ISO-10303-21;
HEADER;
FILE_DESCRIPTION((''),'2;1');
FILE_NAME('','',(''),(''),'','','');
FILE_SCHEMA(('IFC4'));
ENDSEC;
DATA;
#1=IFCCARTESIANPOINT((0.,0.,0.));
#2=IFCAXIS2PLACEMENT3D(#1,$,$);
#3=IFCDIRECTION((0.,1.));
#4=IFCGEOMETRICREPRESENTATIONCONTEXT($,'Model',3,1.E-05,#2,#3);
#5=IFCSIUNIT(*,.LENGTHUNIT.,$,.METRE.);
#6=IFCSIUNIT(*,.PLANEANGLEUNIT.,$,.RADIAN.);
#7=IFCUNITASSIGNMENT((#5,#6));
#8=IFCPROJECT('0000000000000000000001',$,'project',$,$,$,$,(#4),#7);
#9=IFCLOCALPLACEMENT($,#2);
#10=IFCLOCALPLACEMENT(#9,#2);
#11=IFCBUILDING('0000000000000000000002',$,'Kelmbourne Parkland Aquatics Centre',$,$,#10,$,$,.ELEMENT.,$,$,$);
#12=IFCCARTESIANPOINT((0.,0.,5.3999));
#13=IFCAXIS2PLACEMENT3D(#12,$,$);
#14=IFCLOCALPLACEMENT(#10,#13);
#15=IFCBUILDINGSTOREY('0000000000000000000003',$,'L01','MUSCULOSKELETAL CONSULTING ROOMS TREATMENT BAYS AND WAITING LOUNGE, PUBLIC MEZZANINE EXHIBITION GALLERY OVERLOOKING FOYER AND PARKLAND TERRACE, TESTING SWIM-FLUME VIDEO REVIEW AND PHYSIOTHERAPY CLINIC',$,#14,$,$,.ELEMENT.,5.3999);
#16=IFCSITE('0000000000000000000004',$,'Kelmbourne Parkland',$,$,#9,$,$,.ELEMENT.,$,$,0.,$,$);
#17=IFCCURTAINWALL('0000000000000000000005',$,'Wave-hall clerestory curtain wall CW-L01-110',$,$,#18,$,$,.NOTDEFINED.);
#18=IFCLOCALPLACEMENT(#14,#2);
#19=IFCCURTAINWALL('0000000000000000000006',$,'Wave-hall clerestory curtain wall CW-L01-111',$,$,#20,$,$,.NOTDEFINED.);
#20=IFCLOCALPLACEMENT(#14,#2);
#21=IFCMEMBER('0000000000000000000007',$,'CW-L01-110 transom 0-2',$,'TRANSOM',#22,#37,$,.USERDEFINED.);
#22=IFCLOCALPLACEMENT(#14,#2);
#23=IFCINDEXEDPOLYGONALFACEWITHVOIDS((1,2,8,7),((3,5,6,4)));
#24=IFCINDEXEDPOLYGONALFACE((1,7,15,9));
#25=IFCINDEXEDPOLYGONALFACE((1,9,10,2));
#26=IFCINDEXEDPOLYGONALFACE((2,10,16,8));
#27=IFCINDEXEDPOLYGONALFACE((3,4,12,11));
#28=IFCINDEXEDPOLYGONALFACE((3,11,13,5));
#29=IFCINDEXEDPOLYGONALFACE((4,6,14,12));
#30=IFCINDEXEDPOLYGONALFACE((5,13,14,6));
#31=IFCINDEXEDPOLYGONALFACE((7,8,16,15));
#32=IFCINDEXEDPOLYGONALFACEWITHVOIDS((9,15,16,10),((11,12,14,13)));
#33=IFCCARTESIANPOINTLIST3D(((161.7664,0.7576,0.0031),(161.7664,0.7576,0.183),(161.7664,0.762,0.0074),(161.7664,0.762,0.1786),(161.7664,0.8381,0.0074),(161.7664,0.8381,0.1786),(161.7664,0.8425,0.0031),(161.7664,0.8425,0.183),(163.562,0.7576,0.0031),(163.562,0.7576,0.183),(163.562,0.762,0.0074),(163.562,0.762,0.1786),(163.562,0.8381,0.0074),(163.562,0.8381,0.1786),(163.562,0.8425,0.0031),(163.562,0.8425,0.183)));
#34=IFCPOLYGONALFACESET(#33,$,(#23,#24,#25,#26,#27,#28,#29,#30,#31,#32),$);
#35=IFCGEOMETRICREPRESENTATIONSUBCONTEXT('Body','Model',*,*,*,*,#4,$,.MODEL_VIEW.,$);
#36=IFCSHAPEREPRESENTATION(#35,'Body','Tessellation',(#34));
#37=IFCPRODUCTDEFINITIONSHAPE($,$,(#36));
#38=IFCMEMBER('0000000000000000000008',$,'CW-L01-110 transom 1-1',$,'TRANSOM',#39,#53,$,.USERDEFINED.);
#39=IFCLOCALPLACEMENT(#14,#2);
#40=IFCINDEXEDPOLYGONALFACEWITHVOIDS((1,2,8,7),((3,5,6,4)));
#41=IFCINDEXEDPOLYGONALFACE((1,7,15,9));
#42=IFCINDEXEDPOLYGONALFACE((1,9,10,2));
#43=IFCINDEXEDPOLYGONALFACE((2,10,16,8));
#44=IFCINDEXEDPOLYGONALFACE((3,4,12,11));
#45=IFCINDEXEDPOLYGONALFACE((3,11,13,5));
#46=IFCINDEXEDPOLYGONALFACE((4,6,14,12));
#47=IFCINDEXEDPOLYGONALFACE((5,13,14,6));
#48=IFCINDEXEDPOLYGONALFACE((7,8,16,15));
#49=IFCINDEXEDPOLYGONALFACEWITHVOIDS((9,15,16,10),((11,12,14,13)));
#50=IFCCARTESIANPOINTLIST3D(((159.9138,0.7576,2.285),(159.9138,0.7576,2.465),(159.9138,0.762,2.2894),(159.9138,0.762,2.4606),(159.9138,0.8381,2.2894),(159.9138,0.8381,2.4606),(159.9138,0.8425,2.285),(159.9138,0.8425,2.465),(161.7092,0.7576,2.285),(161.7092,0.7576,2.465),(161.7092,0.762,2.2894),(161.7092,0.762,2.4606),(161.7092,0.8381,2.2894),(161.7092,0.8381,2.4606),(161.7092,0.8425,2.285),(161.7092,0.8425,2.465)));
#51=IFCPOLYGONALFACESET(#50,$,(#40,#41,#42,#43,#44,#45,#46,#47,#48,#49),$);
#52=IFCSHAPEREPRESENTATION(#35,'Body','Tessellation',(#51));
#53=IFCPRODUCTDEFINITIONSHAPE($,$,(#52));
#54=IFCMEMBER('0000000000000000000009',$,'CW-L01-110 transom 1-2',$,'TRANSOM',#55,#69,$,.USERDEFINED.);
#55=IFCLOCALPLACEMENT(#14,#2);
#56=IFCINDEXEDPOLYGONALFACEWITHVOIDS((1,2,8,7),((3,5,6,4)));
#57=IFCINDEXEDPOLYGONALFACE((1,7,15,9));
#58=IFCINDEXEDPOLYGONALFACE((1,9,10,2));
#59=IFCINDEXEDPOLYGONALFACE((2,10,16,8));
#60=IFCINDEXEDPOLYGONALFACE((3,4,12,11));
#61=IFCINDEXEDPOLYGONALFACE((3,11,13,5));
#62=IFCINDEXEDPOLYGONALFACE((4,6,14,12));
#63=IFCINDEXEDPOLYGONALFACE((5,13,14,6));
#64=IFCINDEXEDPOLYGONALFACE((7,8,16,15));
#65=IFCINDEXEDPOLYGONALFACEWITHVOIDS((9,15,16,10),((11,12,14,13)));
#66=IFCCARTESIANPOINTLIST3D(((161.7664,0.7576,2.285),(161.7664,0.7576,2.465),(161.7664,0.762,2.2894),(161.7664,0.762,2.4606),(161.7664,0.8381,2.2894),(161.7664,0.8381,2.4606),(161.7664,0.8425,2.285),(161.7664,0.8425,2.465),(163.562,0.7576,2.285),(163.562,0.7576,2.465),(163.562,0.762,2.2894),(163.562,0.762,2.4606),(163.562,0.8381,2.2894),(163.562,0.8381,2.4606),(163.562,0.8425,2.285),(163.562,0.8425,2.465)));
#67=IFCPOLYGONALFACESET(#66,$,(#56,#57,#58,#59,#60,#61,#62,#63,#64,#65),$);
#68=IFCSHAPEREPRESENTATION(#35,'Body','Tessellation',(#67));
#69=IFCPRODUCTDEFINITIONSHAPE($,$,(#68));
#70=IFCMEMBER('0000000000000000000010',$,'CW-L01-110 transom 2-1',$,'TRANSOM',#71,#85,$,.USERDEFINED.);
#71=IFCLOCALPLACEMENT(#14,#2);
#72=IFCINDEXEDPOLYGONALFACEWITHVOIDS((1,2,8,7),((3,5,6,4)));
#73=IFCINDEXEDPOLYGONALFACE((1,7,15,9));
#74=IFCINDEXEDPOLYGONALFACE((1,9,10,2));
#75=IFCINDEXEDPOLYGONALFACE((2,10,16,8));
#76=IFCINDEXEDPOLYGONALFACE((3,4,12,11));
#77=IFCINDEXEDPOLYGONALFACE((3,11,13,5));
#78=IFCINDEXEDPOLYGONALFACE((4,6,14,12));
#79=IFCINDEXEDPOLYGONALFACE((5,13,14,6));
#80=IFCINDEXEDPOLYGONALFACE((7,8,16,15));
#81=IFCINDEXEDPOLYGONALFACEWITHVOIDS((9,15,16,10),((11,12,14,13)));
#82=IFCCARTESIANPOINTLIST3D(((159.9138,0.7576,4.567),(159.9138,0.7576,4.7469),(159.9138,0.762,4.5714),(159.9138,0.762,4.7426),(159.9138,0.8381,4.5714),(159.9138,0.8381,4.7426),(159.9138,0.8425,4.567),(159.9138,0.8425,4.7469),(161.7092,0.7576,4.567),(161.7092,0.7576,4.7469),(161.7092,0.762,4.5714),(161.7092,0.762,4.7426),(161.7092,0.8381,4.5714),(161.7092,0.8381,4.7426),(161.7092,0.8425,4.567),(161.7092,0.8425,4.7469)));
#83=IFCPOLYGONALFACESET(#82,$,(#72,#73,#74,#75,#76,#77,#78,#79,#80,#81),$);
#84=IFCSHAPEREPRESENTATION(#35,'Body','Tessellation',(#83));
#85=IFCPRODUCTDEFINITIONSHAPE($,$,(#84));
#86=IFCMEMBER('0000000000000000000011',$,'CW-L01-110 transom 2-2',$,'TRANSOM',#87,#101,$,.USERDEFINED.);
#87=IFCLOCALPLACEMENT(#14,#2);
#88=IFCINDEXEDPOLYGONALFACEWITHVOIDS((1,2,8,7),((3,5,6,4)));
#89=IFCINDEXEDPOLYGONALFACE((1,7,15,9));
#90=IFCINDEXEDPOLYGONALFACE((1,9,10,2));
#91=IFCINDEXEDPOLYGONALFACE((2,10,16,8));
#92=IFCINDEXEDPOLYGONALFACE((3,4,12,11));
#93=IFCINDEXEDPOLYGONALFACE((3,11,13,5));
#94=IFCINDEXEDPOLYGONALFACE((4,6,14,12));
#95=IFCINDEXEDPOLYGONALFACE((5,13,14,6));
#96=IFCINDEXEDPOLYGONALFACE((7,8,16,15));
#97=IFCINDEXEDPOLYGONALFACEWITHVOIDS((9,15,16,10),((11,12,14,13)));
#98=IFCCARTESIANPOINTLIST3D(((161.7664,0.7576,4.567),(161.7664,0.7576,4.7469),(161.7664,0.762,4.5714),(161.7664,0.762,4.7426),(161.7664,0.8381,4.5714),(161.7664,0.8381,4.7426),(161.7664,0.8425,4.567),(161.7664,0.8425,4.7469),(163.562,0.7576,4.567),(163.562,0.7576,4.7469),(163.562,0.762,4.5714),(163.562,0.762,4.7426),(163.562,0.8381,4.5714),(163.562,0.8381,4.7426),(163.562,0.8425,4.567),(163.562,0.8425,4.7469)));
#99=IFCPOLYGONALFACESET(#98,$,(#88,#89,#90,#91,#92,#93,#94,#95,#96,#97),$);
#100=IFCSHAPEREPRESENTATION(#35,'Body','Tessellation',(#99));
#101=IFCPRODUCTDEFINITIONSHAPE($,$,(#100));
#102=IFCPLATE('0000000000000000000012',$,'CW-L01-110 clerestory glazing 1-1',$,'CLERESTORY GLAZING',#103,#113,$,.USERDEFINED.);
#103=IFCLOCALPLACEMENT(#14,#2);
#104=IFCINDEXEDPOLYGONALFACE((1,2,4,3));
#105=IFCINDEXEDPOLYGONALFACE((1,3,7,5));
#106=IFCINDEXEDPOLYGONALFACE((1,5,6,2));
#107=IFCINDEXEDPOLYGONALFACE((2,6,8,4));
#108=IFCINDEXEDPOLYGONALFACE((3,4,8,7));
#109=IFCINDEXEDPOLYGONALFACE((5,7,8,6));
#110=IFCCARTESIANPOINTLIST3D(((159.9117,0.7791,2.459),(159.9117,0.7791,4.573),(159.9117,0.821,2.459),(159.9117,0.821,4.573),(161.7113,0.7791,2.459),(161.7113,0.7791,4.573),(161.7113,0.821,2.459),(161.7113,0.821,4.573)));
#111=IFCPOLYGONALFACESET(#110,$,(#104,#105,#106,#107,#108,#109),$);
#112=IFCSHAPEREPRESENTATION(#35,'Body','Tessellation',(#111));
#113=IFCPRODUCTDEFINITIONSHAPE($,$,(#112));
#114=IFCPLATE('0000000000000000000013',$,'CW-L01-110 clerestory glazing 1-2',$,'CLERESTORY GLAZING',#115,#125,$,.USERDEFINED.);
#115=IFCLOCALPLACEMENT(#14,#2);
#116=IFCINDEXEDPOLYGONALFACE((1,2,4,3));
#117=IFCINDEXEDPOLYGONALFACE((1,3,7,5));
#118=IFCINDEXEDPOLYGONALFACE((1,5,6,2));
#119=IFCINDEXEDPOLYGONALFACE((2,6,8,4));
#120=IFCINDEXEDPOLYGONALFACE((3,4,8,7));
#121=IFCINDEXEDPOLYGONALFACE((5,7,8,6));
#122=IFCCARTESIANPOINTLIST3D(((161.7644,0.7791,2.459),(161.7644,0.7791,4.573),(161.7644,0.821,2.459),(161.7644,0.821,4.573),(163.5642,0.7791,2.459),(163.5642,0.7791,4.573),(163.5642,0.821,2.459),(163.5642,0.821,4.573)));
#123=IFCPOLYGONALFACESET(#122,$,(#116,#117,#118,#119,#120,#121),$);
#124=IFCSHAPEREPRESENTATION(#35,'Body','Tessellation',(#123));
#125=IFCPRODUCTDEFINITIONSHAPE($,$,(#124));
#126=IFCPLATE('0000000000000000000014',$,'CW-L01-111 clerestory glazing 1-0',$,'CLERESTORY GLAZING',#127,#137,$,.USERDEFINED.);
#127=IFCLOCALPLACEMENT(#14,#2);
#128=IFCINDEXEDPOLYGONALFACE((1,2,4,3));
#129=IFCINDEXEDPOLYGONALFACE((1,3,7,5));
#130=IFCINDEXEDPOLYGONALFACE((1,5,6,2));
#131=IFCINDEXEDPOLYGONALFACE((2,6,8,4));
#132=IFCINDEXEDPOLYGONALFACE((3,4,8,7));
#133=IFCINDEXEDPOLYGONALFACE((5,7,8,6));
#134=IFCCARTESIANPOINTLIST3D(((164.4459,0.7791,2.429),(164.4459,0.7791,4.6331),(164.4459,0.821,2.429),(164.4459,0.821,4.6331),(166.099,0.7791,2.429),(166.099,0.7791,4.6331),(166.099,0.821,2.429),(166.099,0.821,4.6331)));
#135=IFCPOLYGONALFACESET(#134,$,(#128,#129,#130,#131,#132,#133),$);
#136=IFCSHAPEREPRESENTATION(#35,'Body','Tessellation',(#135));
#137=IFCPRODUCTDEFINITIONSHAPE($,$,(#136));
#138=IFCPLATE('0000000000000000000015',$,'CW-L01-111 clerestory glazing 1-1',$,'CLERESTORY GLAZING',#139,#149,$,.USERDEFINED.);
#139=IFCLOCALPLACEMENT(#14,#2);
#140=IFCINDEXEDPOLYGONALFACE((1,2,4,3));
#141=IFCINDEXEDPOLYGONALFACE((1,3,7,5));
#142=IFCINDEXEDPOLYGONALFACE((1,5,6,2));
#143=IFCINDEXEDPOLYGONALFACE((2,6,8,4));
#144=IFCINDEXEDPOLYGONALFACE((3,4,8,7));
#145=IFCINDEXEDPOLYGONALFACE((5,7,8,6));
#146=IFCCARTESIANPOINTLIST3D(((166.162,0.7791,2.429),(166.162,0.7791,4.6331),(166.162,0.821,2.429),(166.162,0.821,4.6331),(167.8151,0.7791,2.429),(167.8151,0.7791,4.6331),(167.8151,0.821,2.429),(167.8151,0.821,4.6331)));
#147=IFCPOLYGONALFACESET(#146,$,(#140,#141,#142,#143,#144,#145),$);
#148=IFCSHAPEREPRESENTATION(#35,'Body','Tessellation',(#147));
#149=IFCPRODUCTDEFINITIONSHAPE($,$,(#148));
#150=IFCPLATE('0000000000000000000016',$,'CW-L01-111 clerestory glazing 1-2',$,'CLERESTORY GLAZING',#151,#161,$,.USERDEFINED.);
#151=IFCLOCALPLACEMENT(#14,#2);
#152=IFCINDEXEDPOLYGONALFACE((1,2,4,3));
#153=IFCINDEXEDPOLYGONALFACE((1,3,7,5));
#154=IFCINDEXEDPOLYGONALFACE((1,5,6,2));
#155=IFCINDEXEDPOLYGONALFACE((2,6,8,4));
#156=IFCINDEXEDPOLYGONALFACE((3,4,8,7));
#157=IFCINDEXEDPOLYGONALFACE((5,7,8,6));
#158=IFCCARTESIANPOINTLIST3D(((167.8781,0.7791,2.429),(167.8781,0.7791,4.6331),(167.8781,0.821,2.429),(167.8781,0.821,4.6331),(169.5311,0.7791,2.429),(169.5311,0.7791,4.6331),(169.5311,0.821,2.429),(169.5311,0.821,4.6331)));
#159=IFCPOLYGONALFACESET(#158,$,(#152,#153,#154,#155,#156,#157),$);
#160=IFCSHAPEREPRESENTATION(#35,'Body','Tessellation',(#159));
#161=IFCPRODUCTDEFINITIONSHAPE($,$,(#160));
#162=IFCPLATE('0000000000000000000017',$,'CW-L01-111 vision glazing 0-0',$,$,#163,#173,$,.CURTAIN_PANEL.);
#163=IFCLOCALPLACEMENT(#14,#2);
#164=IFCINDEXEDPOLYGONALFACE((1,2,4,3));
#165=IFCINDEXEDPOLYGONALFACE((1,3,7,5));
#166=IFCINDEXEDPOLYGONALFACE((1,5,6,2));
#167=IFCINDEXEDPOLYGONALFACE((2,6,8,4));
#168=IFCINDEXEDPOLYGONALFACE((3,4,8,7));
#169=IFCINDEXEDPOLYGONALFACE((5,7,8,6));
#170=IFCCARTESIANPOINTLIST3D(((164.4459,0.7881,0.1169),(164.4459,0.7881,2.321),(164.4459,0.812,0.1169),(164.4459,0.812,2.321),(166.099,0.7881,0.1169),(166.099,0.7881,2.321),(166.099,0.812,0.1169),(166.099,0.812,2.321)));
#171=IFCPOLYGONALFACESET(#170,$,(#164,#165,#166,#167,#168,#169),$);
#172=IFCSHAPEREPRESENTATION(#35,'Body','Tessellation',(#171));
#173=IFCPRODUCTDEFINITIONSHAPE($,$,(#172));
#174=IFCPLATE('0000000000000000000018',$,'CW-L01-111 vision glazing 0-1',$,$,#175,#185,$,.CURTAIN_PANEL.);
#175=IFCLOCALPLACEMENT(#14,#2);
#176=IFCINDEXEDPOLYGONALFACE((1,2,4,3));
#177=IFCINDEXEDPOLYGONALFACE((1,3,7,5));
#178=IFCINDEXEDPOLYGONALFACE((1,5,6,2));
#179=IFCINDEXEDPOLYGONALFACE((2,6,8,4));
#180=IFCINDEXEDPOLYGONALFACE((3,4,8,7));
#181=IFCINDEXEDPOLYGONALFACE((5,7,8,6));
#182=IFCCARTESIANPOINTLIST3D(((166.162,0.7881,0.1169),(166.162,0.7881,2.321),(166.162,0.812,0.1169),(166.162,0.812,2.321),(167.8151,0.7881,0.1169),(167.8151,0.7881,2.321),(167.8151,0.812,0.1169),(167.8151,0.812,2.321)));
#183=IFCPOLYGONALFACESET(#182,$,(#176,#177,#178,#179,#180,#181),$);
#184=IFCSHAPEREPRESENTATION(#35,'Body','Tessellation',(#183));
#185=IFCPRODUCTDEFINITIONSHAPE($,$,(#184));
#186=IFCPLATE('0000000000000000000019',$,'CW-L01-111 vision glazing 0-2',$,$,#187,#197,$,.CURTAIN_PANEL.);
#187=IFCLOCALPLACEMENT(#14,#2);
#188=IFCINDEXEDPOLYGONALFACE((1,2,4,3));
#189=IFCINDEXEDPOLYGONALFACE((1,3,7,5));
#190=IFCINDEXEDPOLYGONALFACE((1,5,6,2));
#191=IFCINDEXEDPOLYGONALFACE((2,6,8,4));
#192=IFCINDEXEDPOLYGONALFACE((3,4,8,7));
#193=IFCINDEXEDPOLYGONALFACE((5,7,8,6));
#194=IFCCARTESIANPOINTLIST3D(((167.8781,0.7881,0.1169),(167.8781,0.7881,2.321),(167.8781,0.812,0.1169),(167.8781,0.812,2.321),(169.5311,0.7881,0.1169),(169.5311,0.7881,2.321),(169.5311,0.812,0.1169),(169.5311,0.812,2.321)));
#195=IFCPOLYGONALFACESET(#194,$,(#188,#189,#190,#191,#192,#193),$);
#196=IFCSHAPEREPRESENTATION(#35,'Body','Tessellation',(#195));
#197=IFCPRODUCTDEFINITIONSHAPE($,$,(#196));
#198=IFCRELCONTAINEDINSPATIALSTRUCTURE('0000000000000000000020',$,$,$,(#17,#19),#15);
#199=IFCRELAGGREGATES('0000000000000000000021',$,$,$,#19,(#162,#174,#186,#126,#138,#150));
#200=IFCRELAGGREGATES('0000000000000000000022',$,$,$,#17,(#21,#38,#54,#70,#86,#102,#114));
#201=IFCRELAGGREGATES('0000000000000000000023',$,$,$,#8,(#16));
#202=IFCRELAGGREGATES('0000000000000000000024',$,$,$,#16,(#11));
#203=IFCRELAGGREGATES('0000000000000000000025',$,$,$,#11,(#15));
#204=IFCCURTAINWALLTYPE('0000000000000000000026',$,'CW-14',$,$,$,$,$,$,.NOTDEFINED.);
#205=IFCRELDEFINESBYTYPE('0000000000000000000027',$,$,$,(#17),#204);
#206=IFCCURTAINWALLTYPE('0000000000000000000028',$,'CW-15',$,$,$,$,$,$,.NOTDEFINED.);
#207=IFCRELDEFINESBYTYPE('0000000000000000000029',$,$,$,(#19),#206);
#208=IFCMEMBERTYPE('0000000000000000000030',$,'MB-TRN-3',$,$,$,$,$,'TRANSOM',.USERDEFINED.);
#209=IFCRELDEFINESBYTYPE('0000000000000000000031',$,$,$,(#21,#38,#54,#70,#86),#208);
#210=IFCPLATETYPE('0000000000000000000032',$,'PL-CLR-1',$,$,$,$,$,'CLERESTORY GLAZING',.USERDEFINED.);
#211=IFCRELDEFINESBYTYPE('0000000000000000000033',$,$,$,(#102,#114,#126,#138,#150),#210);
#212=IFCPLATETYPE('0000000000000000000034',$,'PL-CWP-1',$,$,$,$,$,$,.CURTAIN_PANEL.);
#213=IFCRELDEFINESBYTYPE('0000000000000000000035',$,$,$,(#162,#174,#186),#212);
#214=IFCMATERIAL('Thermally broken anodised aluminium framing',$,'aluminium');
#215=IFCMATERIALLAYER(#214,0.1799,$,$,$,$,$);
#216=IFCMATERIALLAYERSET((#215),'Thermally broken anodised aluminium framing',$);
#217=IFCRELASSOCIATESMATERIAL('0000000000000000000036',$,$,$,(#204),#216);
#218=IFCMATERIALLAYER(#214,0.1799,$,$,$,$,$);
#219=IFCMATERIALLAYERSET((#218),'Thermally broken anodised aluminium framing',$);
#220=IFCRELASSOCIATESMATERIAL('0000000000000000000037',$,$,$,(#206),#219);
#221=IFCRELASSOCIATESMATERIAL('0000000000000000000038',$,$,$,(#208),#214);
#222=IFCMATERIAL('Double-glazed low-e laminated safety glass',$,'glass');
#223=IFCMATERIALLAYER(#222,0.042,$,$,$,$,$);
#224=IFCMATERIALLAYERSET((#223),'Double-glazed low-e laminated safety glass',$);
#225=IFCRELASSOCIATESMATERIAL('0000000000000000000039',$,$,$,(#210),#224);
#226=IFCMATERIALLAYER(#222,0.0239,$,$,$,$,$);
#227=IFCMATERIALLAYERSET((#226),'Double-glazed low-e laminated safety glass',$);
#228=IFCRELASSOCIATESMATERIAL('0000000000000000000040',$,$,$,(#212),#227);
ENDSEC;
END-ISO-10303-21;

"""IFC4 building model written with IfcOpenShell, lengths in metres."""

from ifc_helpers import new_model, si_unit, direction, frame, origin, origin_2d, place, context, subcontext, project, spatial, rectangle, hollow_rectangle, extrude, material, layer, layer_set, material_profile, profile_set, type_object, element, aggregate, save


model = new_model("IFC4")

# Units and contexts
model_context = context("Model", 3, precision=1e-05, world=origin(), true_north=direction((0.0, 1.0)))
body_context = subcontext(model_context, "Body", "Model", "MODEL_VIEW")
ifc_project = project(units=[si_unit("LENGTHUNIT", "METRE"), si_unit("PLANEANGLEUNIT", "RADIAN")], contexts=[model_context])

# Site, building, storey
site_placement = place(None, origin())
site = spatial("IfcSite", under=ifc_project, at=site_placement, Name="Kelmbourne Parkland", CompositionType="ELEMENT", RefElevation=0.0)
building_placement = place(site_placement, origin())
building = spatial("IfcBuilding", under=site, at=building_placement, Name="Kelmbourne Parkland Aquatics Centre", CompositionType="ELEMENT")
storey_placement = place(building_placement, frame((0.0, 0.0, 5.3999)))
storey = spatial("IfcBuildingStorey", under=building, at=storey_placement, Name="L01", Description="MUSCULOSKELETAL CONSULTING ROOMS TREATMENT BAYS AND WAITING LOUNGE, PUBLIC MEZZANINE EXHIBITION GALLERY OVERLOOKING FOYER AND PARKLAND TERRACE, TESTING SWIM-FLUME VIDEO REVIEW AND PHYSIOTHERAPY CLINIC", CompositionType="ELEMENT", Elevation=5.3999)

# Curtain walls
ifc_material_1 = material(Name="Thermally broken anodised aluminium framing", Category="aluminium")
ifc_layer_1 = layer(ifc_material_1, 0.1799)
ifc_layer_set_1 = layer_set([ifc_layer_1], Name="Thermally broken anodised aluminium framing")
curtain_wall_type_1 = type_object("IfcCurtainWallType", Name="CW-14", PredefinedType="NOTDEFINED", material=ifc_layer_set_1)
curtain_wall_1_placement = place(storey_placement, origin())
curtain_wall_1 = element("IfcCurtainWall", 1, at=curtain_wall_1_placement, inside=storey, type_object=curtain_wall_type_1, Name="Wave-hall clerestory curtain wall CW-L01-110", PredefinedType="NOTDEFINED")
ifc_layer_2 = layer(ifc_material_1, 0.1799)
ifc_layer_set_2 = layer_set([ifc_layer_2], Name="Thermally broken anodised aluminium framing")
curtain_wall_type_2 = type_object("IfcCurtainWallType", Name="CW-15", PredefinedType="NOTDEFINED", material=ifc_layer_set_2)
curtain_wall_2_placement = place(storey_placement, origin())
curtain_wall_2 = element("IfcCurtainWall", 2, at=curtain_wall_2_placement, inside=storey, type_object=curtain_wall_type_2, Name="Wave-hall clerestory curtain wall CW-L01-111", PredefinedType="NOTDEFINED")

# Members
ifc_material_profile_1 = material_profile(ifc_material_1, hollow_rectangle(XDim=0.085, YDim=0.1799, WallThickness=0.0044, at=origin_2d()), Name="CW-T 85x180")
ifc_profile_set_1 = profile_set([ifc_material_profile_1], Name="Thermally broken anodised aluminium framing")
member_type_1 = type_object("IfcMemberType", Name="MB-TRN-3", ElementType="TRANSOM", PredefinedType="USERDEFINED", material=ifc_profile_set_1)
member_1_placement = place(storey_placement, frame((161.7664, 0.8, 0.093), z_axis=(1.0, 0.0, 0.0), x_axis=(0.0, 1.0, 0.0)))
member_1 = element("IfcMember", 3, at=member_1_placement, type_object=member_type_1, Name="CW-L01-110 transom 0-2", ObjectType="TRANSOM", PredefinedType="USERDEFINED", context=body_context, shape_type="SweptSolid", body=[
    extrude(hollow_rectangle(XDim=0.085, YDim=0.1799, WallThickness=0.0044, at=origin_2d()), origin(), (0.0, 0.0, 1.0), 1.7957),
])
member_2_placement = place(storey_placement, frame((159.9138, 0.8, 2.375), z_axis=(1.0, 0.0, 0.0), x_axis=(0.0, 1.0, 0.0)))
member_2 = element("IfcMember", 4, at=member_2_placement, type_object=member_type_1, Name="CW-L01-110 transom 1-1", ObjectType="TRANSOM", PredefinedType="USERDEFINED", context=body_context, shape_type="SweptSolid", body=[
    extrude(hollow_rectangle(XDim=0.085, YDim=0.1799, WallThickness=0.0044, at=origin_2d()), origin(), (0.0, 0.0, 1.0), 1.7954),
])
member_3_placement = place(storey_placement, frame((161.7664, 0.8, 2.375), z_axis=(1.0, 0.0, 0.0), x_axis=(0.0, 1.0, 0.0)))
member_3 = element("IfcMember", 5, at=member_3_placement, type_object=member_type_1, Name="CW-L01-110 transom 1-2", ObjectType="TRANSOM", PredefinedType="USERDEFINED", context=body_context, shape_type="SweptSolid", body=[
    extrude(hollow_rectangle(XDim=0.085, YDim=0.1799, WallThickness=0.0044, at=origin_2d()), origin(), (0.0, 0.0, 1.0), 1.7957),
])
member_4_placement = place(storey_placement, frame((159.9138, 0.8, 4.657), z_axis=(1.0, 0.0, 0.0), x_axis=(0.0, 1.0, 0.0)))
member_4 = element("IfcMember", 6, at=member_4_placement, type_object=member_type_1, Name="CW-L01-110 transom 2-1", ObjectType="TRANSOM", PredefinedType="USERDEFINED", context=body_context, shape_type="SweptSolid", body=[
    extrude(hollow_rectangle(XDim=0.085, YDim=0.1799, WallThickness=0.0044, at=origin_2d()), origin(), (0.0, 0.0, 1.0), 1.7954),
])
member_5_placement = place(storey_placement, frame((161.7664, 0.8, 4.657), z_axis=(1.0, 0.0, 0.0), x_axis=(0.0, 1.0, 0.0)))
member_5 = element("IfcMember", 7, at=member_5_placement, type_object=member_type_1, Name="CW-L01-110 transom 2-2", ObjectType="TRANSOM", PredefinedType="USERDEFINED", context=body_context, shape_type="SweptSolid", body=[
    extrude(hollow_rectangle(XDim=0.085, YDim=0.1799, WallThickness=0.0044, at=origin_2d()), origin(), (0.0, 0.0, 1.0), 1.7957),
])

# Plates
ifc_material_2 = material(Name="Double-glazed low-e laminated safety glass", Category="glass")
ifc_layer_3 = layer(ifc_material_2, 0.042)
ifc_layer_set_3 = layer_set([ifc_layer_3], Name="Double-glazed low-e laminated safety glass")
plate_type_1 = type_object("IfcPlateType", Name="PL-CLR-1", ElementType="CLERESTORY GLAZING", PredefinedType="USERDEFINED", material=ifc_layer_set_3)
plate_1_placement = place(storey_placement, frame((160.8115, 0.8, 2.459), z_axis=(0.0, 0.0, 1.0), x_axis=(1.0, 0.0, 0.0)))
plate_1 = element("IfcPlate", 8, at=plate_1_placement, type_object=plate_type_1, Name="CW-L01-110 clerestory glazing 1-1", ObjectType="CLERESTORY GLAZING", PredefinedType="USERDEFINED", context=body_context, shape_type="SweptSolid", body=[
    extrude(rectangle(XDim=1.7996, YDim=0.042, at=origin_2d()), origin(), (0.0, 0.0, 1.0), 2.114),
])
plate_2_placement = place(storey_placement, frame((162.6643, 0.8, 2.459), z_axis=(0.0, 0.0, 1.0), x_axis=(1.0, 0.0, 0.0)))
plate_2 = element("IfcPlate", 9, at=plate_2_placement, type_object=plate_type_1, Name="CW-L01-110 clerestory glazing 1-2", ObjectType="CLERESTORY GLAZING", PredefinedType="USERDEFINED", context=body_context, shape_type="SweptSolid", body=[
    extrude(rectangle(XDim=1.7998, YDim=0.042, at=origin_2d()), origin(), (0.0, 0.0, 1.0), 2.114),
])
plate_3_placement = place(storey_placement, frame((165.2725, 0.8, 2.429), z_axis=(0.0, 0.0, 1.0), x_axis=(1.0, 0.0, 0.0)))
plate_3 = element("IfcPlate", 10, at=plate_3_placement, type_object=plate_type_1, Name="CW-L01-111 clerestory glazing 1-0", ObjectType="CLERESTORY GLAZING", PredefinedType="USERDEFINED", context=body_context, shape_type="SweptSolid", body=[
    extrude(rectangle(XDim=1.6531, YDim=0.042, at=origin_2d()), origin(), (0.0, 0.0, 1.0), 2.2041),
])
plate_4_placement = place(storey_placement, frame((166.9885, 0.8, 2.429), z_axis=(0.0, 0.0, 1.0), x_axis=(1.0, 0.0, 0.0)))
plate_4 = element("IfcPlate", 11, at=plate_4_placement, type_object=plate_type_1, Name="CW-L01-111 clerestory glazing 1-1", ObjectType="CLERESTORY GLAZING", PredefinedType="USERDEFINED", context=body_context, shape_type="SweptSolid", body=[
    extrude(rectangle(XDim=1.6531, YDim=0.042, at=origin_2d()), origin(), (0.0, 0.0, 1.0), 2.2041),
])
plate_5_placement = place(storey_placement, frame((168.7046, 0.8, 2.429), z_axis=(0.0, 0.0, 1.0), x_axis=(1.0, 0.0, 0.0)))
plate_5 = element("IfcPlate", 12, at=plate_5_placement, type_object=plate_type_1, Name="CW-L01-111 clerestory glazing 1-2", ObjectType="CLERESTORY GLAZING", PredefinedType="USERDEFINED", context=body_context, shape_type="SweptSolid", body=[
    extrude(rectangle(XDim=1.6531, YDim=0.042, at=origin_2d()), origin(), (0.0, 0.0, 1.0), 2.2041),
])
ifc_layer_4 = layer(ifc_material_2, 0.0239)
ifc_layer_set_4 = layer_set([ifc_layer_4], Name="Double-glazed low-e laminated safety glass")
plate_type_2 = type_object("IfcPlateType", Name="PL-CWP-1", PredefinedType="CURTAIN_PANEL", material=ifc_layer_set_4)
plate_6_placement = place(storey_placement, frame((165.2725, 0.8, 0.1169), z_axis=(0.0, 0.0, 1.0), x_axis=(1.0, 0.0, 0.0)))
plate_6 = element("IfcPlate", 13, at=plate_6_placement, type_object=plate_type_2, Name="CW-L01-111 vision glazing 0-0", PredefinedType="CURTAIN_PANEL", context=body_context, shape_type="SweptSolid", body=[
    extrude(rectangle(XDim=1.6531, YDim=0.0239, at=origin_2d()), origin(), (0.0, 0.0, 1.0), 2.2041),
])
plate_7_placement = place(storey_placement, frame((166.9885, 0.8, 0.1169), z_axis=(0.0, 0.0, 1.0), x_axis=(1.0, 0.0, 0.0)))
plate_7 = element("IfcPlate", 14, at=plate_7_placement, type_object=plate_type_2, Name="CW-L01-111 vision glazing 0-1", PredefinedType="CURTAIN_PANEL", context=body_context, shape_type="SweptSolid", body=[
    extrude(rectangle(XDim=1.6531, YDim=0.0239, at=origin_2d()), origin(), (0.0, 0.0, 1.0), 2.2041),
])
plate_8_placement = place(storey_placement, frame((168.7046, 0.8, 0.1169), z_axis=(0.0, 0.0, 1.0), x_axis=(1.0, 0.0, 0.0)))
plate_8 = element("IfcPlate", 15, at=plate_8_placement, type_object=plate_type_2, Name="CW-L01-111 vision glazing 0-2", PredefinedType="CURTAIN_PANEL", context=body_context, shape_type="SweptSolid", body=[
    extrude(rectangle(XDim=1.6531, YDim=0.0239, at=origin_2d()), origin(), (0.0, 0.0, 1.0), 2.2041),
])
aggregate(curtain_wall_2, [plate_6, plate_7, plate_8, plate_3, plate_4, plate_5])
aggregate(curtain_wall_1, [member_1, member_2, member_3, member_4, member_5, plate_1, plate_2])

save(model, "model.ifc")
